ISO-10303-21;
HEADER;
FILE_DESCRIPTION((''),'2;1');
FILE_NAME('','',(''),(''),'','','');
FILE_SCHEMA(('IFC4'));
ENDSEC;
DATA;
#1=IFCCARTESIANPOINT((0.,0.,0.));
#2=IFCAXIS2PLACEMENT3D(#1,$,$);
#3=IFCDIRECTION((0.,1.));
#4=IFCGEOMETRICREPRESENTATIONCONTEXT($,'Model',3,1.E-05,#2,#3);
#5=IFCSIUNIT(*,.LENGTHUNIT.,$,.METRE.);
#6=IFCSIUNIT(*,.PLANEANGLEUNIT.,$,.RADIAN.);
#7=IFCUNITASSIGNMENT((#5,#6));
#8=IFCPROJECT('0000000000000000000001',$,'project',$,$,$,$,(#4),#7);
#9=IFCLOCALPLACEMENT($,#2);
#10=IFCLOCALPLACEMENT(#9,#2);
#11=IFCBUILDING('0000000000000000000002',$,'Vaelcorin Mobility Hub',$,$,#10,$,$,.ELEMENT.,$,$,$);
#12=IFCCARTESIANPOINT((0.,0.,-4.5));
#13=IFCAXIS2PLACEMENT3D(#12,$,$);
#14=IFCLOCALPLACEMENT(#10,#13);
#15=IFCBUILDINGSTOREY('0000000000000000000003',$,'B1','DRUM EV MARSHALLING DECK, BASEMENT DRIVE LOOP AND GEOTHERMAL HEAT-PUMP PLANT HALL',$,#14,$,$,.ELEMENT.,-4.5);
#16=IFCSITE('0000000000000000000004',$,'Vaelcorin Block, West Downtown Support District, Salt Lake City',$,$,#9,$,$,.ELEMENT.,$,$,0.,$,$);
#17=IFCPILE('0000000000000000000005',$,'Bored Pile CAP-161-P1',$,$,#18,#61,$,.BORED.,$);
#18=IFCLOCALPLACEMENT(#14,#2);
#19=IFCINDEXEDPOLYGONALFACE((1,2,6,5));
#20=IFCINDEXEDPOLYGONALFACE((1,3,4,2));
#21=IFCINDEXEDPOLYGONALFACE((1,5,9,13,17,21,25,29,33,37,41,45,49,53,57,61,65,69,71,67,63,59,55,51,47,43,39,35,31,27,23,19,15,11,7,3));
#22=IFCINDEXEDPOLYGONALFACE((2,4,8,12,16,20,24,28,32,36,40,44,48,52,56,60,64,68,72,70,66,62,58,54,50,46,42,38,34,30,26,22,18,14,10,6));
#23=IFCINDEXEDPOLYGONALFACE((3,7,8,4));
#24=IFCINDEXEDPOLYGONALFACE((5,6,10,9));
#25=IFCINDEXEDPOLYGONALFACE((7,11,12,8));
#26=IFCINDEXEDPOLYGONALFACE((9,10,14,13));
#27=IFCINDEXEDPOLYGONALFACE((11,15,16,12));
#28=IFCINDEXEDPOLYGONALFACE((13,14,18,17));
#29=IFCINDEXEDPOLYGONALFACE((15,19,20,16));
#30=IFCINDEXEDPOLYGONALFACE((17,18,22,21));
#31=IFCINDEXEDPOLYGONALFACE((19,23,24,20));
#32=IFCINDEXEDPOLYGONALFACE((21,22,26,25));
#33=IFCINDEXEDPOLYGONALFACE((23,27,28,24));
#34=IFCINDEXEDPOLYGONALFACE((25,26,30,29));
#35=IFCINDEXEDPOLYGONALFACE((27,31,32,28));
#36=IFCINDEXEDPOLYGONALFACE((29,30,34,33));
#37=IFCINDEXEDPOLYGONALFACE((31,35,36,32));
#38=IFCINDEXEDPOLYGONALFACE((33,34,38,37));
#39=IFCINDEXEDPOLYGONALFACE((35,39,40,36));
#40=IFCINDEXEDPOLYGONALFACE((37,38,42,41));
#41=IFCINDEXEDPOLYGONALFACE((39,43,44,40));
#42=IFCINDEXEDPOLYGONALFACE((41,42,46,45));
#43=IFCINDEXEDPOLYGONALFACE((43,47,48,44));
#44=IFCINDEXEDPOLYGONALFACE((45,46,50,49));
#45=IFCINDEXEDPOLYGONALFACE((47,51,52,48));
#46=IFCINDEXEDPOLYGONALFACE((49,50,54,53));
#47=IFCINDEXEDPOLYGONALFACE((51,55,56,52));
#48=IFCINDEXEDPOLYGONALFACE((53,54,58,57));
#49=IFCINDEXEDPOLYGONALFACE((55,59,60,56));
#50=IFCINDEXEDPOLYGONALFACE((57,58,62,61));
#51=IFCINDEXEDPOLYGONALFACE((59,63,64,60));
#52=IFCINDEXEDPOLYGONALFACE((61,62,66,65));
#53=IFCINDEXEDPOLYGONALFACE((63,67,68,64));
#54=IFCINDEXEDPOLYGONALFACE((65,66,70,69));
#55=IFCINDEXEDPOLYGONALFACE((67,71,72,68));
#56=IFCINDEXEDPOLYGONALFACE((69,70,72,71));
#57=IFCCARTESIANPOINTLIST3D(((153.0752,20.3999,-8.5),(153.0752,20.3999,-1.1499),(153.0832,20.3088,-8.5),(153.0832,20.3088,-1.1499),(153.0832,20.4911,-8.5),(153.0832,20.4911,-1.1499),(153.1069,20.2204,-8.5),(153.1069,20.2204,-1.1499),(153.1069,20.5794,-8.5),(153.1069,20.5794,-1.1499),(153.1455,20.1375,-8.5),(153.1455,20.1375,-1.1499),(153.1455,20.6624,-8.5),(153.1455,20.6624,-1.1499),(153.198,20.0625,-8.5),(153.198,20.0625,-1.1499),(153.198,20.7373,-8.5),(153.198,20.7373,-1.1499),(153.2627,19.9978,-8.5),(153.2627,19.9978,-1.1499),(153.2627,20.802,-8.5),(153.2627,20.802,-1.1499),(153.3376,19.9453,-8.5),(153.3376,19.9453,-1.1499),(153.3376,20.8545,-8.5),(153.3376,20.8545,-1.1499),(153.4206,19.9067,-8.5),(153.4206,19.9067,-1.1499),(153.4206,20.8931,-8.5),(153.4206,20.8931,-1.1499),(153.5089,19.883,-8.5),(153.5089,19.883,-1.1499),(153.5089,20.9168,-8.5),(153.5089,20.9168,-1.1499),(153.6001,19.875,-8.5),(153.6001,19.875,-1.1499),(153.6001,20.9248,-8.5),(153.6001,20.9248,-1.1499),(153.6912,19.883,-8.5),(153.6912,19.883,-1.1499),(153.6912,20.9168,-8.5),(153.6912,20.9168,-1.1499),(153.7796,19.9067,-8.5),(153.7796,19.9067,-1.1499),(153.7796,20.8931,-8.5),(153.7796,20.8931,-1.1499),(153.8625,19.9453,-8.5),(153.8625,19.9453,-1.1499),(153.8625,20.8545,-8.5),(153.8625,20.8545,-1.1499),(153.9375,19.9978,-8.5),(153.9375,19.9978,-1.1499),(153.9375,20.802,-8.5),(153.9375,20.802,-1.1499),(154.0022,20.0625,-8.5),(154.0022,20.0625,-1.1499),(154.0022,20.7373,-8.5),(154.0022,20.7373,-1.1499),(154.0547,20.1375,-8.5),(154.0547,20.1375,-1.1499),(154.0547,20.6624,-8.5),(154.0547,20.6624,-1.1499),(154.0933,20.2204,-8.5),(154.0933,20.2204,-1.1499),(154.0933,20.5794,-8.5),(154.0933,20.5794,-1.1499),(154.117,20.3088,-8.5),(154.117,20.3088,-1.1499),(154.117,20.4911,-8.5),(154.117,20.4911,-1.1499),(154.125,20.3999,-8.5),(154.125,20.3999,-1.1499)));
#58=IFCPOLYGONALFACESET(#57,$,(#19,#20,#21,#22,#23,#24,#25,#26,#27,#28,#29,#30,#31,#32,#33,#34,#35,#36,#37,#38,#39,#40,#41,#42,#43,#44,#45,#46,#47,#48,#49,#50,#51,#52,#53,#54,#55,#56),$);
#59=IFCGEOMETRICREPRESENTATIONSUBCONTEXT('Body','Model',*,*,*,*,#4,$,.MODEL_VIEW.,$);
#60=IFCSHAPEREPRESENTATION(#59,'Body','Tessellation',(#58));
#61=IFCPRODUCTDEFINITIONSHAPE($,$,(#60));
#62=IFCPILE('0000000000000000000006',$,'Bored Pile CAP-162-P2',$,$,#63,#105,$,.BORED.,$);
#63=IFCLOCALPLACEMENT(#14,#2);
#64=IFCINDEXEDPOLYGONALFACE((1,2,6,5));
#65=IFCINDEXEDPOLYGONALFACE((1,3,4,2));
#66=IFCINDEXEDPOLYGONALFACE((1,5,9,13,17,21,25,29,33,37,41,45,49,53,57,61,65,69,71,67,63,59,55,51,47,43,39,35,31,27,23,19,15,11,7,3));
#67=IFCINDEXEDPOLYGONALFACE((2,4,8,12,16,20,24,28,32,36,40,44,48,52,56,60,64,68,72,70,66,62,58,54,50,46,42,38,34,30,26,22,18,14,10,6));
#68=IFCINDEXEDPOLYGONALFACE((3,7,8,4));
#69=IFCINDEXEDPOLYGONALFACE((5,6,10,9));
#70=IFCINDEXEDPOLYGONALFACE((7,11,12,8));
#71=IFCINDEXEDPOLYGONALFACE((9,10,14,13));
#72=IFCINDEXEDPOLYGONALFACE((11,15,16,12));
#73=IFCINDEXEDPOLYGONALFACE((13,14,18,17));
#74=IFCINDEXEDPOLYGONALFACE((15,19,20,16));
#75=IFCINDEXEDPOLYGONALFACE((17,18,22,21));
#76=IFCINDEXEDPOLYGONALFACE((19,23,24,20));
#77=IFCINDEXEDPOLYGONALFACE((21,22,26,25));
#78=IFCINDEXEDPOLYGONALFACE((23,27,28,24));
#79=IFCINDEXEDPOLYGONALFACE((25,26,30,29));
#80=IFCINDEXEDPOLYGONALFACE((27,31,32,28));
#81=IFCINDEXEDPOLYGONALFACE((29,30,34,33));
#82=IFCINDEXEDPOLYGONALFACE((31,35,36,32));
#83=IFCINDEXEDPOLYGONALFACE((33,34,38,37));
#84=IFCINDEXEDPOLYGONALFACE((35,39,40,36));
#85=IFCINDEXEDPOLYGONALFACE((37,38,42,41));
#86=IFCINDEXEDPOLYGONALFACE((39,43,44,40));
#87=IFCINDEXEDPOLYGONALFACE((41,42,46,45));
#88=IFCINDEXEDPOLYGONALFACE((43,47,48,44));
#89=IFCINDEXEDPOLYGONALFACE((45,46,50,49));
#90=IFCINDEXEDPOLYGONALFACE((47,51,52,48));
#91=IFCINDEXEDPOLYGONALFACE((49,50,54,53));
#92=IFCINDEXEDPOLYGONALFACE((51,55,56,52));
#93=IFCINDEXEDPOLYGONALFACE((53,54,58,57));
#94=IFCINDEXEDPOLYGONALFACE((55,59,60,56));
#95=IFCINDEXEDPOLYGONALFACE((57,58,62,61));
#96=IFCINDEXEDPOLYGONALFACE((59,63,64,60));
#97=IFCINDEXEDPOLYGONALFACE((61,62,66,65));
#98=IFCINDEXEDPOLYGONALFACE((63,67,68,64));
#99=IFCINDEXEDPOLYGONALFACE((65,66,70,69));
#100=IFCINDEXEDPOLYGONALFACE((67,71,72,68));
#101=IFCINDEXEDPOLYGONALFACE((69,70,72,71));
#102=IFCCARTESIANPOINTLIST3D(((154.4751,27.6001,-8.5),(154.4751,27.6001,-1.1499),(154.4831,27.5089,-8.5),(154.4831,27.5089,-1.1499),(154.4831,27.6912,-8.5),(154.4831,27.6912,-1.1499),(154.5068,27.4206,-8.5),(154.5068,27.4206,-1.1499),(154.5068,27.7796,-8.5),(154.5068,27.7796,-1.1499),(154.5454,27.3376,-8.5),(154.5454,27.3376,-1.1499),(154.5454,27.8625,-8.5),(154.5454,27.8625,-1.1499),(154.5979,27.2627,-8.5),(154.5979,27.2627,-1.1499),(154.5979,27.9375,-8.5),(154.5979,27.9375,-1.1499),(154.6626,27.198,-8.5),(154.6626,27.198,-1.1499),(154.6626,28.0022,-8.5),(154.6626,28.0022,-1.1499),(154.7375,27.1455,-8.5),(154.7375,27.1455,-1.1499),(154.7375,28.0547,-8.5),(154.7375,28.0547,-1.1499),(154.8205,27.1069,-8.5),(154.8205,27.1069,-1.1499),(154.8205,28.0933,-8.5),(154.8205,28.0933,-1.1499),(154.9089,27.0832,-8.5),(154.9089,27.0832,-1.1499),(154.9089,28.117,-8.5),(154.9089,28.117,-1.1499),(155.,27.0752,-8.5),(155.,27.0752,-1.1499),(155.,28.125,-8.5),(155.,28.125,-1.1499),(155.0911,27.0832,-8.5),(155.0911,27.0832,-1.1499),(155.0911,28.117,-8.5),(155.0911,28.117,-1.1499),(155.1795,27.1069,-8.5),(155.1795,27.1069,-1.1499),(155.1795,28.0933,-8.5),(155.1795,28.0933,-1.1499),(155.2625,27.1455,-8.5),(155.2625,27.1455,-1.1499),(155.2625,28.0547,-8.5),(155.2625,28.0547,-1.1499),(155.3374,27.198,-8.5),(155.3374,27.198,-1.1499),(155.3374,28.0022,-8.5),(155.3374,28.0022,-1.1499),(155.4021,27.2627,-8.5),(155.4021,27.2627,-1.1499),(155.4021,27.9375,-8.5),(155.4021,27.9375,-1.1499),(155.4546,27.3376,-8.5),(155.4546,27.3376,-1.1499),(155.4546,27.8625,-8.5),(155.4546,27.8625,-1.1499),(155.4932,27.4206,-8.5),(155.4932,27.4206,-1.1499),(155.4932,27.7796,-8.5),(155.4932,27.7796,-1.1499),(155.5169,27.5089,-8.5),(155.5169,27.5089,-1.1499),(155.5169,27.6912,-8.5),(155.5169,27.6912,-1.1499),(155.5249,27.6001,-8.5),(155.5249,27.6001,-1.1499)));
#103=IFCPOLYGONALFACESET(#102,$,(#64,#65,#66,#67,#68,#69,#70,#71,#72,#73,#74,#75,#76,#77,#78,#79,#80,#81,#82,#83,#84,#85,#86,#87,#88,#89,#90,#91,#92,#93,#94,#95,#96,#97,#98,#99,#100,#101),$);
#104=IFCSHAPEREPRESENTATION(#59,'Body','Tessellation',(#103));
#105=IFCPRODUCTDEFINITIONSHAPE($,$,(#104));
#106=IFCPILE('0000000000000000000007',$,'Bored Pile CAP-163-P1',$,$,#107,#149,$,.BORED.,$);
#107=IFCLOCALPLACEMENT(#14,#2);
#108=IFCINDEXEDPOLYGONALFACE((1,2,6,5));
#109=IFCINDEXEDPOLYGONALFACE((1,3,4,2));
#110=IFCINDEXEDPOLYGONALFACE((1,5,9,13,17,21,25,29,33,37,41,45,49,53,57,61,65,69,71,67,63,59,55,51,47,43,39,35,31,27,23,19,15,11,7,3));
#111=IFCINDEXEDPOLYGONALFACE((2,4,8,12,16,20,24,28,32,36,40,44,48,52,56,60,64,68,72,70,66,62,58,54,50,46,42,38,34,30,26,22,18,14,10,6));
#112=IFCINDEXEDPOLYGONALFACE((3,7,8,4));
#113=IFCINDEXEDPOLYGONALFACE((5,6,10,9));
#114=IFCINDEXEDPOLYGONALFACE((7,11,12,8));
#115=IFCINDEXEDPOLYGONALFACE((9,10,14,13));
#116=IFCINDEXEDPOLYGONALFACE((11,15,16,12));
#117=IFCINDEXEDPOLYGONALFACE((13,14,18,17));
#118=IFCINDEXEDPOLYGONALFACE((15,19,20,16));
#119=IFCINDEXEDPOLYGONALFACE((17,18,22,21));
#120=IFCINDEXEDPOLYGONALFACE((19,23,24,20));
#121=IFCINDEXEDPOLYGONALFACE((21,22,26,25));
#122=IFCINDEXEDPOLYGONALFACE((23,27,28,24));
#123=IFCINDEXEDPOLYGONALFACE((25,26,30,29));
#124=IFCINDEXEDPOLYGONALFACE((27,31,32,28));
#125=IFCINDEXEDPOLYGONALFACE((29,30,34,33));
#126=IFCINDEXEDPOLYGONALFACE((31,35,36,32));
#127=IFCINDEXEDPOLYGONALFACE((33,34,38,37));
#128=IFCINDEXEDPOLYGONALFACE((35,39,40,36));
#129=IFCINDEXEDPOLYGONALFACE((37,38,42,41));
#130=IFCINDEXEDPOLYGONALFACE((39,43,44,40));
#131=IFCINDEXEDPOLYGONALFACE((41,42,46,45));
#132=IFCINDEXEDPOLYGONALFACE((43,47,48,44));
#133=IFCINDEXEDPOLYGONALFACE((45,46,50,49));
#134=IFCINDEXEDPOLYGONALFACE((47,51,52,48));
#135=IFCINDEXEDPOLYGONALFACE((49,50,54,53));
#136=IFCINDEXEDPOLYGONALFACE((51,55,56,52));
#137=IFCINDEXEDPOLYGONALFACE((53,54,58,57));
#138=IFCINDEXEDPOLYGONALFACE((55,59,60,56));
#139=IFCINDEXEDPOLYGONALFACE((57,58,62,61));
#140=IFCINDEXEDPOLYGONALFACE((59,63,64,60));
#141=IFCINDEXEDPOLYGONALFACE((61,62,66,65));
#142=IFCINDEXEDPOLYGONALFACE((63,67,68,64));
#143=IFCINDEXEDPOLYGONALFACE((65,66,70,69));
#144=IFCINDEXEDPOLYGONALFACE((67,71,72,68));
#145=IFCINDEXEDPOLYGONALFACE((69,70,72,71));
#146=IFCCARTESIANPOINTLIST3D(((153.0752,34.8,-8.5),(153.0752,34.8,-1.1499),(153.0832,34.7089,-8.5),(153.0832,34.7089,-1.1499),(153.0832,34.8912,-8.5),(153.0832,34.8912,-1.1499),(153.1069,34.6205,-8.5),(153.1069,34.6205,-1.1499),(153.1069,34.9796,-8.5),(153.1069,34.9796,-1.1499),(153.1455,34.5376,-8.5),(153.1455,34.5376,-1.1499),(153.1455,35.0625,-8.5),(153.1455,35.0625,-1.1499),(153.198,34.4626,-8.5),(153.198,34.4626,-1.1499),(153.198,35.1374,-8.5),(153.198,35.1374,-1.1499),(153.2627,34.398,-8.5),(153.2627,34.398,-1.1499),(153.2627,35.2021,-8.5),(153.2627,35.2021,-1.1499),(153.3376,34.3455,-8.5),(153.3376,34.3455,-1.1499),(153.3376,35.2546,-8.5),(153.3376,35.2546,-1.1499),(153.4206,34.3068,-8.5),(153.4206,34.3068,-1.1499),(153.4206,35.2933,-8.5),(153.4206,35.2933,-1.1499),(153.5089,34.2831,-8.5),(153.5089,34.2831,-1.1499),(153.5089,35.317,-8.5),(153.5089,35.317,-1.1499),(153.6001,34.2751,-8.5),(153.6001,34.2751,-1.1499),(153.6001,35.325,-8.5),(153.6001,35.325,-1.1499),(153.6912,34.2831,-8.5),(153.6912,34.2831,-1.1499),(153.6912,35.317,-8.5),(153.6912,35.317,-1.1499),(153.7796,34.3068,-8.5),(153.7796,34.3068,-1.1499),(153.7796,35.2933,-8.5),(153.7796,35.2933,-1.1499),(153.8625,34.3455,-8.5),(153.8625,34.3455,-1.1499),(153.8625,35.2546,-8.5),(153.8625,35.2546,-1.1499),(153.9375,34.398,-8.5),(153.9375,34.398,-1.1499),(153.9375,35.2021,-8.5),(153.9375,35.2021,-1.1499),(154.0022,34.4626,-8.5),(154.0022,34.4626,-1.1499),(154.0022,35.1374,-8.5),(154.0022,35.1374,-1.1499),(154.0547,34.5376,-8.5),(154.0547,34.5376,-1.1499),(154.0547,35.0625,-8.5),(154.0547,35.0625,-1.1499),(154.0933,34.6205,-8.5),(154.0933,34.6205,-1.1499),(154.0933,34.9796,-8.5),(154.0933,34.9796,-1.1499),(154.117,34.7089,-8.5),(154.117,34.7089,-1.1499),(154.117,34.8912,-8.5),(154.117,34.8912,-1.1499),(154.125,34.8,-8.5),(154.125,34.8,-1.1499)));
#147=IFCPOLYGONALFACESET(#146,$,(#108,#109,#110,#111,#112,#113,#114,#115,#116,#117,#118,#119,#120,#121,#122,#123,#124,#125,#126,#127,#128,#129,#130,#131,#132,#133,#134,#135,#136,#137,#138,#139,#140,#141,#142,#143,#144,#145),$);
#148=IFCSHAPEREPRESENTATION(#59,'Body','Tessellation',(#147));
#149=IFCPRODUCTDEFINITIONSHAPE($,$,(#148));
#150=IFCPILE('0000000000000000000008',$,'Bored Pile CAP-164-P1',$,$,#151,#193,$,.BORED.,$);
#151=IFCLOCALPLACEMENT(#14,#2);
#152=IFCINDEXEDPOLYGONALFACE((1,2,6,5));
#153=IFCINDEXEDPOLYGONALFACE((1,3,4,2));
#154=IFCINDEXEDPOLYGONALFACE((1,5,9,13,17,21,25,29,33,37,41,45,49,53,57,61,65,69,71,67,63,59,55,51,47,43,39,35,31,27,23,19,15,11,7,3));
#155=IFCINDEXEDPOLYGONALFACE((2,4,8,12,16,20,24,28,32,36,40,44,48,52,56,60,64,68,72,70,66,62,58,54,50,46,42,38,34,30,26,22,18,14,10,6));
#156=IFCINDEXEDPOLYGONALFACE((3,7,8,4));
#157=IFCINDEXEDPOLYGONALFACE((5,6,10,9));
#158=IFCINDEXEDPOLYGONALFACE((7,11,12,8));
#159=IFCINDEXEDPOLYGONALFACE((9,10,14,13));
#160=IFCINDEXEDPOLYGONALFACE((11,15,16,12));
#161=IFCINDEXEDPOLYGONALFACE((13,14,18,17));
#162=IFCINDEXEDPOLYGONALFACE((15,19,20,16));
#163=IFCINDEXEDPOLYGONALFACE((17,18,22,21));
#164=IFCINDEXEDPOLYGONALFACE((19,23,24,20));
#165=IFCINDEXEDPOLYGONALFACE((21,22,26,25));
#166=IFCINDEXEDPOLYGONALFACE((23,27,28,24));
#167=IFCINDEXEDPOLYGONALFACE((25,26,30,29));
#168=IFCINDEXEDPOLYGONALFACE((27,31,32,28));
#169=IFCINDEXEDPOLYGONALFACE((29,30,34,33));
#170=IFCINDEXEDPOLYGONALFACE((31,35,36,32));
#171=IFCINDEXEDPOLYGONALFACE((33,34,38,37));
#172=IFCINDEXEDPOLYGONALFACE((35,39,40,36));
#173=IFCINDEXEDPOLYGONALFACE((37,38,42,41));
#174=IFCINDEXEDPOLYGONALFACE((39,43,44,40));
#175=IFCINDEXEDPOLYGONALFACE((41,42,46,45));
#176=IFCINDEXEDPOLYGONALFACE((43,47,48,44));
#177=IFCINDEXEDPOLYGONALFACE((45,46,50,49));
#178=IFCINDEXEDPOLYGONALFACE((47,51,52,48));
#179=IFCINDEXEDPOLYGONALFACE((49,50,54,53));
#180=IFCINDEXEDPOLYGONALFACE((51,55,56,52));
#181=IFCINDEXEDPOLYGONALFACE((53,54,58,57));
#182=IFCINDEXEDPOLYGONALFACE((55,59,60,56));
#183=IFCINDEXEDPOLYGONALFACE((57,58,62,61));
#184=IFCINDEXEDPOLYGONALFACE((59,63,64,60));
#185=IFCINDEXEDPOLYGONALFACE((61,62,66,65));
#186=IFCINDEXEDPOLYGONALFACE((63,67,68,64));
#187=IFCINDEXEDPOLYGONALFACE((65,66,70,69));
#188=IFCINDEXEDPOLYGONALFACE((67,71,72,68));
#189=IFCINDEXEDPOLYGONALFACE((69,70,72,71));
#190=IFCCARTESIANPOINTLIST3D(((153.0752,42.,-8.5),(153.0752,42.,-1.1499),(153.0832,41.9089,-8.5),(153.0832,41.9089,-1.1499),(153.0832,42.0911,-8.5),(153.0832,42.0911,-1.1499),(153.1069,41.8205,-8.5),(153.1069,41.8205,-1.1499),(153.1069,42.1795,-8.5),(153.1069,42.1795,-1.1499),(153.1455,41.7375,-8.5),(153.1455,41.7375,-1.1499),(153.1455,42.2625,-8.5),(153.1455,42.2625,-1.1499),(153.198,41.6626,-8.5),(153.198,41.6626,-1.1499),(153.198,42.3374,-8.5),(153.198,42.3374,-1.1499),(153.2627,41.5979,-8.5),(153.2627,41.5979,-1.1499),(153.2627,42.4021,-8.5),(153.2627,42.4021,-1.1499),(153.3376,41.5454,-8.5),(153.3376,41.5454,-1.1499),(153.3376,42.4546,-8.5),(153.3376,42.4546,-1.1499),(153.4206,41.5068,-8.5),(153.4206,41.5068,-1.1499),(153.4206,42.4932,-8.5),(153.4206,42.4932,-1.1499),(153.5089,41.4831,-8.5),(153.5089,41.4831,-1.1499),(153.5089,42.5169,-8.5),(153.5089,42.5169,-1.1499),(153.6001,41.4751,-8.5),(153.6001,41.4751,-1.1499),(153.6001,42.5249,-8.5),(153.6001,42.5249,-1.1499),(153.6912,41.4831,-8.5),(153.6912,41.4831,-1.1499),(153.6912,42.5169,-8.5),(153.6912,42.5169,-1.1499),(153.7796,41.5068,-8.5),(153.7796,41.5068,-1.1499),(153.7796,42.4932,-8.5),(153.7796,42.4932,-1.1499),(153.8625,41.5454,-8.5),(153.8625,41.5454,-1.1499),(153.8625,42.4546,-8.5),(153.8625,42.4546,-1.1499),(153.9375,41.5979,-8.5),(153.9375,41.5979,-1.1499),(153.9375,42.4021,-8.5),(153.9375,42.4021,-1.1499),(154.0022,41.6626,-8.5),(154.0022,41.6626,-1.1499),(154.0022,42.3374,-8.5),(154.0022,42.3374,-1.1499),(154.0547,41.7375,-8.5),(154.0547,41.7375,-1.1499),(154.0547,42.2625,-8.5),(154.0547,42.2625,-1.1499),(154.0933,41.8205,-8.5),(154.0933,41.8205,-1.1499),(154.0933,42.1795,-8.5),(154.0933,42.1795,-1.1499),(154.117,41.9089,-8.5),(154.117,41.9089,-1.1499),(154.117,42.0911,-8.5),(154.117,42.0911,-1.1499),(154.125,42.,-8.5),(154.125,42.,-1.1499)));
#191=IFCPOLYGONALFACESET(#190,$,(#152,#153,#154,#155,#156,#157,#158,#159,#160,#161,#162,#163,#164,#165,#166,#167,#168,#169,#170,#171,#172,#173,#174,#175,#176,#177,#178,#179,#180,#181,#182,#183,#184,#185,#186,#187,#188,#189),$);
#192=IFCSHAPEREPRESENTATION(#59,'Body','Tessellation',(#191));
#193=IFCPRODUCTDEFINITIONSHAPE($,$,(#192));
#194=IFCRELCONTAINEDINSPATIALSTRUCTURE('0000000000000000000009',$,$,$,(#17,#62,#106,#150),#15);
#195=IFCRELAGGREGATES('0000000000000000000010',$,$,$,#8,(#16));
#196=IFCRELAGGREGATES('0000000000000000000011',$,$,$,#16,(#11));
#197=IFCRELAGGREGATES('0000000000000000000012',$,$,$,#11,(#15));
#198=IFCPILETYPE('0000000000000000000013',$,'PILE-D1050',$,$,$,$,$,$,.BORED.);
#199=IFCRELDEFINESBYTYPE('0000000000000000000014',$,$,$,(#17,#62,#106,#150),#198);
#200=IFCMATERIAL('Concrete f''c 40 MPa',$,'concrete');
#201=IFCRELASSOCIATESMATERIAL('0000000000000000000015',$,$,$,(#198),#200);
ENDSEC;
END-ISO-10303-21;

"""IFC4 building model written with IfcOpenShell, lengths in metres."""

from ifc_helpers import new_model, si_unit, direction, frame, origin, origin_2d, place, context, subcontext, project, spatial, circle, extrude, material, material_profile, profile_set, type_object, element, save


model = new_model("IFC4")

# Units and contexts
model_context = context("Model", 3, precision=1e-05, world=origin(), true_north=direction((0.0, 1.0)))
body_context = subcontext(model_context, "Body", "Model", "MODEL_VIEW")
ifc_project = project(units=[si_unit("LENGTHUNIT", "METRE"), si_unit("PLANEANGLEUNIT", "RADIAN")], contexts=[model_context])

# Site, building, storey
site_placement = place(None, origin())
site = spatial("IfcSite", under=ifc_project, at=site_placement, Name="Vaelcorin Block, West Downtown Support District, Salt Lake City", CompositionType="ELEMENT", RefElevation=0.0)
building_placement = place(site_placement, origin())
building = spatial("IfcBuilding", under=site, at=building_placement, Name="Vaelcorin Mobility Hub", CompositionType="ELEMENT")
storey_placement = place(building_placement, frame((0.0, 0.0, -4.5)))
storey = spatial("IfcBuildingStorey", under=building, at=storey_placement, Name="B1", Description="DRUM EV MARSHALLING DECK, BASEMENT DRIVE LOOP AND GEOTHERMAL HEAT-PUMP PLANT HALL", CompositionType="ELEMENT", Elevation=-4.5)

# Shared definitions
ifc_material_1 = material(Name="Concrete f'c 40 MPa", Category="concrete")

# Piles
ifc_material_profile_1 = material_profile(ifc_material_1, circle(Radius=0.5249, at=origin_2d()), Name="BP-D1050")
ifc_profile_set_1 = profile_set([ifc_material_profile_1], Name="Concrete f'c 40 MPa")
pile_type = type_object("IfcPileType", Name="PILE-D1050", PredefinedType="BORED", material=ifc_profile_set_1)
for number, where, z_axis, x_axis, name in (
    (1, (153.6001, 20.3999, -1.1499), (0.0, 0.0, -1.0), (1.0, 0.0, 0.0), "Bored Pile CAP-161-P1"),
    (2, (155.0, 27.6001, -1.1499), (0.0, 0.0, -1.0), (1.0, 0.0, 0.0), "Bored Pile CAP-162-P2"),
    (3, (153.6001, 34.8, -1.1499), (0.0, 0.0, -1.0), (1.0, 0.0, 0.0), "Bored Pile CAP-163-P1"),
    (4, (153.6001, 42.0, -1.1499), (0.0, 0.0, -1.0), (1.0, 0.0, 0.0), "Bored Pile CAP-164-P1"),
):
    element("IfcPile", number, at=place(storey_placement, frame(where, z_axis=z_axis, x_axis=x_axis)), inside=storey, type_object=pile_type, Name=name, PredefinedType="BORED", context=body_context, shape_type="SweptSolid", body=[
        extrude(circle(Radius=0.5249, at=origin_2d()), origin(), (0.0, 0.0, 1.0), 7.3501),
    ])

save(model, "model.ifc")
